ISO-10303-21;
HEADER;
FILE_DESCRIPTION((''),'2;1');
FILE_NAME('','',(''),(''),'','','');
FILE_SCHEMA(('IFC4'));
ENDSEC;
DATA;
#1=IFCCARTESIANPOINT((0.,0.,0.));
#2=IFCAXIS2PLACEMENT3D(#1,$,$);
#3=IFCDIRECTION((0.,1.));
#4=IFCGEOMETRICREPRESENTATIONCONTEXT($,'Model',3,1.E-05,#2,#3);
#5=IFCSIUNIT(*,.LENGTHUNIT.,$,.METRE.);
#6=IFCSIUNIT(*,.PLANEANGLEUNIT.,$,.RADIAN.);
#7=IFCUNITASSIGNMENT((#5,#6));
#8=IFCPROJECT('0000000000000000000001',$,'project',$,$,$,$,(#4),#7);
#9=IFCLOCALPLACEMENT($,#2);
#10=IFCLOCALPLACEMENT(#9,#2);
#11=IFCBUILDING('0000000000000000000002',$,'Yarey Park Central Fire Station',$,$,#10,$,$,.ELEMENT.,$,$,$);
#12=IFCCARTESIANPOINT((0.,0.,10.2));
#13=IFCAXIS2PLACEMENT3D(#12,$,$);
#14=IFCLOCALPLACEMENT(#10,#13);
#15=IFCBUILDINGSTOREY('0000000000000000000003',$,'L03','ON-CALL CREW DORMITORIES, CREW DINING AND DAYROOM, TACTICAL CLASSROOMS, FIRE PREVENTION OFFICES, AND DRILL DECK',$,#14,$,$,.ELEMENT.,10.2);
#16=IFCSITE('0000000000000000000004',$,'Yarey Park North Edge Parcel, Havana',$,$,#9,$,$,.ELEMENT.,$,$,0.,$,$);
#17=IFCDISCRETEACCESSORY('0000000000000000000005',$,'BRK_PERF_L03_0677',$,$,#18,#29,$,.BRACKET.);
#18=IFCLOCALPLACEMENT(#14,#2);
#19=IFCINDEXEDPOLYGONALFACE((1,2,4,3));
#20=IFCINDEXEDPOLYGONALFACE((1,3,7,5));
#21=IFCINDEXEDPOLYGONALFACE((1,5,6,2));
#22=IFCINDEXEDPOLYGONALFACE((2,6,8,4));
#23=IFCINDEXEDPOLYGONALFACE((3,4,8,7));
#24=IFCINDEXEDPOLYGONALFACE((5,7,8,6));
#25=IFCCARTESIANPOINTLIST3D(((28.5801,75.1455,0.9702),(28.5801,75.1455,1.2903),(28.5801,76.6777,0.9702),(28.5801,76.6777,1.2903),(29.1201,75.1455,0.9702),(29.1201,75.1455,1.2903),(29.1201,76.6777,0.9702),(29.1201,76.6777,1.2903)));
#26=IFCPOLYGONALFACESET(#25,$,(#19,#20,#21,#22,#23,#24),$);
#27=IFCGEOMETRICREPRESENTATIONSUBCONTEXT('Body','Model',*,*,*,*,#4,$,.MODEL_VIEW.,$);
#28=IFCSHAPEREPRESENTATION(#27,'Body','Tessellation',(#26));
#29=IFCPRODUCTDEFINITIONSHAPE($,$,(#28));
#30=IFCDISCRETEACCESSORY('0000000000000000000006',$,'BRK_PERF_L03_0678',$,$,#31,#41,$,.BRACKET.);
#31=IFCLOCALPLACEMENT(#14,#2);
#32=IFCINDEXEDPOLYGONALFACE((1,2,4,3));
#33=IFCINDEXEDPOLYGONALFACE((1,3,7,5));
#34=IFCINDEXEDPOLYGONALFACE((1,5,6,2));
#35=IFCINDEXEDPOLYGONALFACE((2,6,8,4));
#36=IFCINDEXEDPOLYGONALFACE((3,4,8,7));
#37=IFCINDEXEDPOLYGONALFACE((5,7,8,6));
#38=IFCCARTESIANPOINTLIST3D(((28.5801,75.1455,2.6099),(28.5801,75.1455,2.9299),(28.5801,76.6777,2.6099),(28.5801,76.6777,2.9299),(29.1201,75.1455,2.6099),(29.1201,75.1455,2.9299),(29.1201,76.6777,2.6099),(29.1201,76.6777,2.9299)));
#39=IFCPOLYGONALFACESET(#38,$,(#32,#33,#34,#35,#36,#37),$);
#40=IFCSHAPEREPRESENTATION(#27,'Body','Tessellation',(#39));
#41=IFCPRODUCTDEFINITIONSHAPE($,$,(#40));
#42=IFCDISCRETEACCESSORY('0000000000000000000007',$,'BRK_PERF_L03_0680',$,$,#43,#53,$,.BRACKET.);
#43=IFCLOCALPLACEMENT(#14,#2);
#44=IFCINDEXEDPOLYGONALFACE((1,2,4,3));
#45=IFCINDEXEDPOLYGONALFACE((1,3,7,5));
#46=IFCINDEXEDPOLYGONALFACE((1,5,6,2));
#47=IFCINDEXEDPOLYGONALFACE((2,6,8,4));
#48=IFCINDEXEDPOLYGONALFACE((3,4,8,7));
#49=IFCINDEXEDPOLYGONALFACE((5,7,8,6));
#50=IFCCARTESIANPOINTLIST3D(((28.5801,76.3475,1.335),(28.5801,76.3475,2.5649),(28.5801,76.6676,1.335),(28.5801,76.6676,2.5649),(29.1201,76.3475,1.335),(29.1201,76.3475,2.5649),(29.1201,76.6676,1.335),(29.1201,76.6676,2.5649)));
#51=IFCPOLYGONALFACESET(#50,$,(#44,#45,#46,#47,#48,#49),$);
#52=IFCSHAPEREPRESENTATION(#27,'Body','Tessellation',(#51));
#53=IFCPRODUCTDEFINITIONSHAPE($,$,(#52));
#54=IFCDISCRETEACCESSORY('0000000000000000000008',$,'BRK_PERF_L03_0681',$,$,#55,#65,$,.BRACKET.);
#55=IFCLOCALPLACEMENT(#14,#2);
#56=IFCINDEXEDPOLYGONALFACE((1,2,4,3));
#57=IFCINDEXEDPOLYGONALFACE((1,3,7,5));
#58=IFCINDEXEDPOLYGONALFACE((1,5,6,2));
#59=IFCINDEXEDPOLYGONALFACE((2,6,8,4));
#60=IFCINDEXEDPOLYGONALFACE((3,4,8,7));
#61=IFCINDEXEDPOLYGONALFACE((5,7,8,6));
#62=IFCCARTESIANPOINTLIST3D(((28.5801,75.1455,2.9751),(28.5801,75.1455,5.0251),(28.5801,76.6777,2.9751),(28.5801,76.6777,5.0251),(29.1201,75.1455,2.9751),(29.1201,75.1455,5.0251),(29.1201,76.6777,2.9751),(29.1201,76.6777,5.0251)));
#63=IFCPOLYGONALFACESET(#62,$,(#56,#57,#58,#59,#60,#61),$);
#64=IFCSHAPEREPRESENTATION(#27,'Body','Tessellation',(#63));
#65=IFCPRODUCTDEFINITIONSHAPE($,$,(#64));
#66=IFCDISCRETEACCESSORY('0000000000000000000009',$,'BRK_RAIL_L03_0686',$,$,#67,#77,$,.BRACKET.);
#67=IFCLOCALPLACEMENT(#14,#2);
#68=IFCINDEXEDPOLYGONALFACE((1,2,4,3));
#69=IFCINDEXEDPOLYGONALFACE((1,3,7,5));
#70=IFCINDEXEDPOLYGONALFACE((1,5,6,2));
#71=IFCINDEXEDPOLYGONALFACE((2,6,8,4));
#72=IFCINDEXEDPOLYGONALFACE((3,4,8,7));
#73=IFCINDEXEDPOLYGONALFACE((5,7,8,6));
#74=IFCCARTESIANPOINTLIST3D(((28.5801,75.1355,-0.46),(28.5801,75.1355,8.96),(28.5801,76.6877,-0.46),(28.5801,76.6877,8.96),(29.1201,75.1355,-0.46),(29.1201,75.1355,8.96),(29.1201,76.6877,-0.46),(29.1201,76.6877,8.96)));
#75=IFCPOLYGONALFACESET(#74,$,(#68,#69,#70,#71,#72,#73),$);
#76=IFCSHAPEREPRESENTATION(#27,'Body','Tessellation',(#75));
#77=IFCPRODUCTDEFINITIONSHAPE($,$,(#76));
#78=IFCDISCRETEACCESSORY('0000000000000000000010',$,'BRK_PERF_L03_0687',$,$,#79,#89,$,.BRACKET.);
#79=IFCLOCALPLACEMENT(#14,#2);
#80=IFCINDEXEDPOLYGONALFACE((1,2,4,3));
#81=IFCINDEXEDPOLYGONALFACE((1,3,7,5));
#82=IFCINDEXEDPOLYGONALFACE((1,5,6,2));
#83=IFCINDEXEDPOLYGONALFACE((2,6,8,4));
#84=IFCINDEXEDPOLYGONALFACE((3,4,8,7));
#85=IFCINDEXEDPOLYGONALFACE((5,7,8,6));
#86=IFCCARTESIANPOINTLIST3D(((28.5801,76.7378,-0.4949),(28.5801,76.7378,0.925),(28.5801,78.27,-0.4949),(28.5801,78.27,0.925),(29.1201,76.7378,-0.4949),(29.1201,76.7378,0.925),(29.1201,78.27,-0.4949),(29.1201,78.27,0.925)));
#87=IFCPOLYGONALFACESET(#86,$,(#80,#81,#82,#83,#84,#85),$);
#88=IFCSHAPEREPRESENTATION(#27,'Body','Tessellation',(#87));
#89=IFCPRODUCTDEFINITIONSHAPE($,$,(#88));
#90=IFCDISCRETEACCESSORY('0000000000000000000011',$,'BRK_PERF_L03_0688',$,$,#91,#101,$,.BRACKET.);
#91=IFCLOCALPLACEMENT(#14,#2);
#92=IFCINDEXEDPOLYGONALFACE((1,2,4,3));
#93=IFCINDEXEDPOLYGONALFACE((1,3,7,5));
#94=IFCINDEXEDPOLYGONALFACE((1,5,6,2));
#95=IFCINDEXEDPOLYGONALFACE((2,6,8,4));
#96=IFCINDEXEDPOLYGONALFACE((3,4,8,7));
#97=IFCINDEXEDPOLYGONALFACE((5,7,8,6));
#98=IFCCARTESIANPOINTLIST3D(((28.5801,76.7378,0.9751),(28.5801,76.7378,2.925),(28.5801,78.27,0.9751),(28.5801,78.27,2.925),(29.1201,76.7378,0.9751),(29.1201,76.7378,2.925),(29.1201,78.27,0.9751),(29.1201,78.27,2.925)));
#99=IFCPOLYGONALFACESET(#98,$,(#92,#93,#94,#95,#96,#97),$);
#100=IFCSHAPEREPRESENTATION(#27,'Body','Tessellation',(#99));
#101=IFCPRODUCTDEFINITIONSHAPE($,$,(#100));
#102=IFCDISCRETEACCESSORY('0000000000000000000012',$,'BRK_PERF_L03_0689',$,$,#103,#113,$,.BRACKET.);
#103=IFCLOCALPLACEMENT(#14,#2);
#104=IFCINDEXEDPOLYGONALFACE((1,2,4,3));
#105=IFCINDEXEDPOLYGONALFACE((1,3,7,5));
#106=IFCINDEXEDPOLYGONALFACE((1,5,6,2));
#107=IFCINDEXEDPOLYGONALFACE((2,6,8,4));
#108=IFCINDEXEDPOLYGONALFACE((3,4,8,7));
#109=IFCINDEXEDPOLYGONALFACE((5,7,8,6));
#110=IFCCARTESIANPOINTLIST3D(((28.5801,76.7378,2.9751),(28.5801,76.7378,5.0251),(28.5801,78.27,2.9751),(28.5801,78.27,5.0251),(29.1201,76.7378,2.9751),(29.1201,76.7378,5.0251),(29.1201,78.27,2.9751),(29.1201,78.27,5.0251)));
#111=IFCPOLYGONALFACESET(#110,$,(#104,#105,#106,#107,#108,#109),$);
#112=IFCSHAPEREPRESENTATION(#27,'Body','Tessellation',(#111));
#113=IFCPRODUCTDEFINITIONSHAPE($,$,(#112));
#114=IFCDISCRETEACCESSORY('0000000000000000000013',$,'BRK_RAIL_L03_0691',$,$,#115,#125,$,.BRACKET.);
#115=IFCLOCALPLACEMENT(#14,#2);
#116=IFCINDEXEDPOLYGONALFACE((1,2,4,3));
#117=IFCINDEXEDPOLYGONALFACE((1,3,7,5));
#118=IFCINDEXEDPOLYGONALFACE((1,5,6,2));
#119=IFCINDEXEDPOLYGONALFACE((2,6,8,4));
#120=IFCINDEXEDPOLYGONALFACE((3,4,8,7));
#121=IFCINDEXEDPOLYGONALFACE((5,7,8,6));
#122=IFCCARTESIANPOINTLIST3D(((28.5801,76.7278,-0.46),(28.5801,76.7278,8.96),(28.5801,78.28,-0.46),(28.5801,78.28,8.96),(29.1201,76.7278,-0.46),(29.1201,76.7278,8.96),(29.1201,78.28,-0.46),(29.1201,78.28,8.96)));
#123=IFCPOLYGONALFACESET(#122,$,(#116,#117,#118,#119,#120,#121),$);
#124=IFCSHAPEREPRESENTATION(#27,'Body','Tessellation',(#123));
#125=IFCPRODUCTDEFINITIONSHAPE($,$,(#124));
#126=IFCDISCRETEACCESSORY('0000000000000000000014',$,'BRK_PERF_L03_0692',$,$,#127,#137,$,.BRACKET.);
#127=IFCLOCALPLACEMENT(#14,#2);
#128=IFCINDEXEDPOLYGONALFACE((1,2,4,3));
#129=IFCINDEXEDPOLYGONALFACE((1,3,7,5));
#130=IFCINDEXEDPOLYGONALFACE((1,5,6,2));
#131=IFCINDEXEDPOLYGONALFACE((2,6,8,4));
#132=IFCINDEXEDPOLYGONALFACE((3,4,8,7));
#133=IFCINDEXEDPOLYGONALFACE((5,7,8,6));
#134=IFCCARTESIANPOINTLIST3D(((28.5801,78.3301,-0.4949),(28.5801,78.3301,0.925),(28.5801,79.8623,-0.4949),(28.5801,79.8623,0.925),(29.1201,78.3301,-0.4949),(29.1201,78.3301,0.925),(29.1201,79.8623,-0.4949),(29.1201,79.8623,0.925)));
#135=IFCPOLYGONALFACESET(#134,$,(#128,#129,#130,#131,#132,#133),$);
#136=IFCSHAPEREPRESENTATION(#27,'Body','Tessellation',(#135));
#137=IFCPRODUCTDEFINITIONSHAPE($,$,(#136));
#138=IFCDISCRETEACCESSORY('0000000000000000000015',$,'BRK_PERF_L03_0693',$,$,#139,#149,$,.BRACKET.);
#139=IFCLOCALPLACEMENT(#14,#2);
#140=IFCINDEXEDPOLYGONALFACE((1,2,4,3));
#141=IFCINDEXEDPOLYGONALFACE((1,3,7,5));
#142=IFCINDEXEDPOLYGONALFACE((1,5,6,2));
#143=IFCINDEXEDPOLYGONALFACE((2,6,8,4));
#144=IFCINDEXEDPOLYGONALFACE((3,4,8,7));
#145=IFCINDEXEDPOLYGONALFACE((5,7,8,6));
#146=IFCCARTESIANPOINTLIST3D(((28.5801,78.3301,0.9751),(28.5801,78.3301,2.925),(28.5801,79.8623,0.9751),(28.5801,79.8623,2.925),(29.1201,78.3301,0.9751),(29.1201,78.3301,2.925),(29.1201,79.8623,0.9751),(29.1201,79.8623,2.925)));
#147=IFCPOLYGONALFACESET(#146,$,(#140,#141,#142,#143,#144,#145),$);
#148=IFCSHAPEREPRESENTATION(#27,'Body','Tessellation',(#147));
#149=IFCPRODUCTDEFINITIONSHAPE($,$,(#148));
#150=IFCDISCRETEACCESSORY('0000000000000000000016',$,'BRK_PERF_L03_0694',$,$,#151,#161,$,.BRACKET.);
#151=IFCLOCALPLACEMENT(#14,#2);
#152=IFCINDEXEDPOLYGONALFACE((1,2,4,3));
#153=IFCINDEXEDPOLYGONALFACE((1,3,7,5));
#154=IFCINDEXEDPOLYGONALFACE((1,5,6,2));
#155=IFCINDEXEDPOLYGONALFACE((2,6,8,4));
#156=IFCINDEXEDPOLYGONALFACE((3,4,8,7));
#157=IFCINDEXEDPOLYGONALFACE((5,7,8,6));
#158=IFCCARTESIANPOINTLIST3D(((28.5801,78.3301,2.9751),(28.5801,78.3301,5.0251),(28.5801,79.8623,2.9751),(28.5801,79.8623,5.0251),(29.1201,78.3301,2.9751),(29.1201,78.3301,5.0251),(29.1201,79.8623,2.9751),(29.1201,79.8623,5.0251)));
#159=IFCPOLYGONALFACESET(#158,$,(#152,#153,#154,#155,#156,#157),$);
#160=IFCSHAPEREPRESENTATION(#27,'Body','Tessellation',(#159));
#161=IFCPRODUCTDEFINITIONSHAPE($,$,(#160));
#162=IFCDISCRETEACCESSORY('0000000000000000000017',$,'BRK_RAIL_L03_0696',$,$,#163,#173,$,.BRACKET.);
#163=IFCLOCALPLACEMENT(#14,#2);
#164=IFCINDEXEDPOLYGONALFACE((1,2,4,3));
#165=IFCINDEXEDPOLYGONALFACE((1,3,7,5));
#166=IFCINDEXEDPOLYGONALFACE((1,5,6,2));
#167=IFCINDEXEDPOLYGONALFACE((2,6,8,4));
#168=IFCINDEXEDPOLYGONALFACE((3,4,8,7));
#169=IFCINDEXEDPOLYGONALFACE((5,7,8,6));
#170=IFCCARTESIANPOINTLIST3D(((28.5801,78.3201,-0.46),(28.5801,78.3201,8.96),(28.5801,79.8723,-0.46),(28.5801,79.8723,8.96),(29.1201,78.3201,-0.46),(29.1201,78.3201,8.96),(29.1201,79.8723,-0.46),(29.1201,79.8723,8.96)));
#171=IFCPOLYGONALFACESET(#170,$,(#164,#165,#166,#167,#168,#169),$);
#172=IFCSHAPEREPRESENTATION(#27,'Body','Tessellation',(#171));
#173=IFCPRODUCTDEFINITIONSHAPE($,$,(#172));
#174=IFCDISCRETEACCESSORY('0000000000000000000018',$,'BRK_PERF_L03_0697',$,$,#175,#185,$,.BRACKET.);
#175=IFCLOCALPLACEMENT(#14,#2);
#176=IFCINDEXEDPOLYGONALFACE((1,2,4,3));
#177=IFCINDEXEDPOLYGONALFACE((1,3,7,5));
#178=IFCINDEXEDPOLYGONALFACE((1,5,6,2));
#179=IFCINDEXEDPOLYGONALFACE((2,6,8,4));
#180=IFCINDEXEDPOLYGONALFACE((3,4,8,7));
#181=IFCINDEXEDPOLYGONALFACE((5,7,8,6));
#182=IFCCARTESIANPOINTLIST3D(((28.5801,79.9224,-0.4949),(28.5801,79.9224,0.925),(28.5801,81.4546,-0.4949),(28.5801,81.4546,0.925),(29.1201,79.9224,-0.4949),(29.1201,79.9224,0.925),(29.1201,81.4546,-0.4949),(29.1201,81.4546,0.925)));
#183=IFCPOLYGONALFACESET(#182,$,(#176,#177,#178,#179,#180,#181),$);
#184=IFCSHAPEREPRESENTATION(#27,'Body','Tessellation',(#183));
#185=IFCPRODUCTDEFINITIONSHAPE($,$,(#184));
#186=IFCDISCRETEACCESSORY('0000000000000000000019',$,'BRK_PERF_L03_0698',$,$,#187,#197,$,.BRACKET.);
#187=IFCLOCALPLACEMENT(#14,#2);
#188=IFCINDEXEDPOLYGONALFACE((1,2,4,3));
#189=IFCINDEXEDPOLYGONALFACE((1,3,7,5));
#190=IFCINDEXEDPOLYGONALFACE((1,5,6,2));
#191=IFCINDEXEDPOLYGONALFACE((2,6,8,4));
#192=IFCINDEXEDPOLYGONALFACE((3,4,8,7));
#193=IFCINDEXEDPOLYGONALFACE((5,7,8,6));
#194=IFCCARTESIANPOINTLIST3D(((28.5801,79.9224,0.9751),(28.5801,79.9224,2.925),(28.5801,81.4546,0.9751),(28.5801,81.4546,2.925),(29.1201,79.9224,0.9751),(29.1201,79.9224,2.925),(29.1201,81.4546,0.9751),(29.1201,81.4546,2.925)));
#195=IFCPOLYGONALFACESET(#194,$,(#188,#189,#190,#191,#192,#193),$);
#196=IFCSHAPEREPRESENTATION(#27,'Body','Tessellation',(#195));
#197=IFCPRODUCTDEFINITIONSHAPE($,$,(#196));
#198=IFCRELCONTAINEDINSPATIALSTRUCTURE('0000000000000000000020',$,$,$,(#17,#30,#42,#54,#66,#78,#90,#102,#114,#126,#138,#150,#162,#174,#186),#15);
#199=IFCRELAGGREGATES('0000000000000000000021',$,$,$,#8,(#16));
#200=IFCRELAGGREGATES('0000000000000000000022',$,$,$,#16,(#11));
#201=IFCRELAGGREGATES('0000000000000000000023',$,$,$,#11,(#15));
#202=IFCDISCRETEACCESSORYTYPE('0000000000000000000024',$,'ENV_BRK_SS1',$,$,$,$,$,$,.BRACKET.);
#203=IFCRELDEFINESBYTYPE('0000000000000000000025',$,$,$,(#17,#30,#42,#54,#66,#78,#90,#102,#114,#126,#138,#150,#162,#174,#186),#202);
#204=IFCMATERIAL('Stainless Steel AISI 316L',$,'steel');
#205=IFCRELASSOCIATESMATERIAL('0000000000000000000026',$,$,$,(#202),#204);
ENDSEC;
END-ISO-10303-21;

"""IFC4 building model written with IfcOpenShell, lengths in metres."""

from ifc_helpers import new_model, si_unit, direction, frame, origin, origin_2d, place, context, subcontext, project, spatial, rectangle, extrude, material, type_object, element, save


model = new_model("IFC4")

# Units and contexts
model_context = context("Model", 3, precision=1e-05, world=origin(), true_north=direction((0.0, 1.0)))
body_context = subcontext(model_context, "Body", "Model", "MODEL_VIEW")
ifc_project = project(units=[si_unit("LENGTHUNIT", "METRE"), si_unit("PLANEANGLEUNIT", "RADIAN")], contexts=[model_context])

# Site, building, storey
site_placement = place(None, origin())
site = spatial("IfcSite", under=ifc_project, at=site_placement, Name="Yarey Park North Edge Parcel, Havana", CompositionType="ELEMENT", RefElevation=0.0)
building_placement = place(site_placement, origin())
building = spatial("IfcBuilding", under=site, at=building_placement, Name="Yarey Park Central Fire Station", CompositionType="ELEMENT")
storey_placement = place(building_placement, frame((0.0, 0.0, 10.2)))
storey = spatial("IfcBuildingStorey", under=building, at=storey_placement, Name="L03", Description="ON-CALL CREW DORMITORIES, CREW DINING AND DAYROOM, TACTICAL CLASSROOMS, FIRE PREVENTION OFFICES, AND DRILL DECK", CompositionType="ELEMENT", Elevation=10.2)

# Discrete accessories
ifc_material_1 = material(Name="Stainless Steel AISI 316L", Category="steel")
discrete_accessory_type = type_object("IfcDiscreteAccessoryType", Name="ENV_BRK_SS1", PredefinedType="BRACKET", material=ifc_material_1)
for number, where, z_axis, x_axis, name in (
    (1, (28.8501, 75.9116, 0.9702), (0.0, 0.0, 1.0), (1.0, 0.0, 0.0), "BRK_PERF_L03_0677"),
    (2, (28.8501, 75.9116, 2.6099), (0.0, 0.0, 1.0), (1.0, 0.0, 0.0), "BRK_PERF_L03_0678"),
):
    element("IfcDiscreteAccessory", number, at=place(storey_placement, frame(where, z_axis=z_axis, x_axis=x_axis)), inside=storey, type_object=discrete_accessory_type, Name=name, PredefinedType="BRACKET", context=body_context, shape_type="SweptSolid", body=[
        extrude(rectangle(XDim=0.54, YDim=1.5322, at=origin_2d()), origin(), (0.0, 0.0, 1.0), 0.3201),
    ])
discrete_accessory_1_placement = place(storey_placement, frame((28.8501, 76.5076, 1.335), z_axis=(0.0, 0.0, 1.0), x_axis=(1.0, 0.0, 0.0)))
element("IfcDiscreteAccessory", 3, at=discrete_accessory_1_placement, inside=storey, type_object=discrete_accessory_type, Name="BRK_PERF_L03_0680", PredefinedType="BRACKET", context=body_context, shape_type="SweptSolid", body=[
    extrude(rectangle(XDim=0.54, YDim=0.3201, at=origin_2d()), origin(), (0.0, 0.0, 1.0), 1.23),
])
discrete_accessory_2_placement = place(storey_placement, frame((28.8501, 75.9116, 2.9751), z_axis=(0.0, 0.0, 1.0), x_axis=(1.0, 0.0, 0.0)))
element("IfcDiscreteAccessory", 4, at=discrete_accessory_2_placement, inside=storey, type_object=discrete_accessory_type, Name="BRK_PERF_L03_0681", PredefinedType="BRACKET", context=body_context, shape_type="SweptSolid", body=[
    extrude(rectangle(XDim=0.54, YDim=1.5322, at=origin_2d()), origin(), (0.0, 0.0, 1.0), 2.05),
])
discrete_accessory_3_placement = place(storey_placement, frame((28.8501, 75.9116, -0.46), z_axis=(0.0, 0.0, 1.0), x_axis=(1.0, 0.0, 0.0)))
element("IfcDiscreteAccessory", 5, at=discrete_accessory_3_placement, inside=storey, type_object=discrete_accessory_type, Name="BRK_RAIL_L03_0686", PredefinedType="BRACKET", context=body_context, shape_type="SweptSolid", body=[
    extrude(rectangle(XDim=0.54, YDim=1.5522, at=origin_2d()), origin(), (0.0, 0.0, 1.0), 9.4199),
])
discrete_accessory_4_placement = place(storey_placement, frame((28.8501, 77.5039, -0.4949), z_axis=(0.0, 0.0, 1.0), x_axis=(1.0, 0.0, 0.0)))
element("IfcDiscreteAccessory", 6, at=discrete_accessory_4_placement, inside=storey, type_object=discrete_accessory_type, Name="BRK_PERF_L03_0687", PredefinedType="BRACKET", context=body_context, shape_type="SweptSolid", body=[
    extrude(rectangle(XDim=0.54, YDim=1.5322, at=origin_2d()), origin(), (0.0, 0.0, 1.0), 1.4199),
])
discrete_accessory_5_placement = place(storey_placement, frame((28.8501, 77.5039, 0.9751), z_axis=(0.0, 0.0, 1.0), x_axis=(1.0, 0.0, 0.0)))
element("IfcDiscreteAccessory", 7, at=discrete_accessory_5_placement, inside=storey, type_object=discrete_accessory_type, Name="BRK_PERF_L03_0688", PredefinedType="BRACKET", context=body_context, shape_type="SweptSolid", body=[
    extrude(rectangle(XDim=0.54, YDim=1.5322, at=origin_2d()), origin(), (0.0, 0.0, 1.0), 1.95),
])
discrete_accessory_6_placement = place(storey_placement, frame((28.8501, 77.5039, 2.9751), z_axis=(0.0, 0.0, 1.0), x_axis=(1.0, 0.0, 0.0)))
element("IfcDiscreteAccessory", 8, at=discrete_accessory_6_placement, inside=storey, type_object=discrete_accessory_type, Name="BRK_PERF_L03_0689", PredefinedType="BRACKET", context=body_context, shape_type="SweptSolid", body=[
    extrude(rectangle(XDim=0.54, YDim=1.5322, at=origin_2d()), origin(), (0.0, 0.0, 1.0), 2.05),
])
discrete_accessory_7_placement = place(storey_placement, frame((28.8501, 77.5039, -0.46), z_axis=(0.0, 0.0, 1.0), x_axis=(1.0, 0.0, 0.0)))
element("IfcDiscreteAccessory", 9, at=discrete_accessory_7_placement, inside=storey, type_object=discrete_accessory_type, Name="BRK_RAIL_L03_0691", PredefinedType="BRACKET", context=body_context, shape_type="SweptSolid", body=[
    extrude(rectangle(XDim=0.54, YDim=1.5522, at=origin_2d()), origin(), (0.0, 0.0, 1.0), 9.4199),
])
discrete_accessory_8_placement = place(storey_placement, frame((28.8501, 79.0962, -0.4949), z_axis=(0.0, 0.0, 1.0), x_axis=(1.0, 0.0, 0.0)))
element("IfcDiscreteAccessory", 10, at=discrete_accessory_8_placement, inside=storey, type_object=discrete_accessory_type, Name="BRK_PERF_L03_0692", PredefinedType="BRACKET", context=body_context, shape_type="SweptSolid", body=[
    extrude(rectangle(XDim=0.54, YDim=1.5322, at=origin_2d()), origin(), (0.0, 0.0, 1.0), 1.4199),
])
discrete_accessory_9_placement = place(storey_placement, frame((28.8501, 79.0962, 0.9751), z_axis=(0.0, 0.0, 1.0), x_axis=(1.0, 0.0, 0.0)))
element("IfcDiscreteAccessory", 11, at=discrete_accessory_9_placement, inside=storey, type_object=discrete_accessory_type, Name="BRK_PERF_L03_0693", PredefinedType="BRACKET", context=body_context, shape_type="SweptSolid", body=[
    extrude(rectangle(XDim=0.54, YDim=1.5322, at=origin_2d()), origin(), (0.0, 0.0, 1.0), 1.95),
])
discrete_accessory_10_placement = place(storey_placement, frame((28.8501, 79.0962, 2.9751), z_axis=(0.0, 0.0, 1.0), x_axis=(1.0, 0.0, 0.0)))
element("IfcDiscreteAccessory", 12, at=discrete_accessory_10_placement, inside=storey, type_object=discrete_accessory_type, Name="BRK_PERF_L03_0694", PredefinedType="BRACKET", context=body_context, shape_type="SweptSolid", body=[
    extrude(rectangle(XDim=0.54, YDim=1.5322, at=origin_2d()), origin(), (0.0, 0.0, 1.0), 2.05),
])
discrete_accessory_11_placement = place(storey_placement, frame((28.8501, 79.0962, -0.46), z_axis=(0.0, 0.0, 1.0), x_axis=(1.0, 0.0, 0.0)))
element("IfcDiscreteAccessory", 13, at=discrete_accessory_11_placement, inside=storey, type_object=discrete_accessory_type, Name="BRK_RAIL_L03_0696", PredefinedType="BRACKET", context=body_context, shape_type="SweptSolid", body=[
    extrude(rectangle(XDim=0.54, YDim=1.5522, at=origin_2d()), origin(), (0.0, 0.0, 1.0), 9.4199),
])
discrete_accessory_12_placement = place(storey_placement, frame((28.8501, 80.6885, -0.4949), z_axis=(0.0, 0.0, 1.0), x_axis=(1.0, 0.0, 0.0)))
element("IfcDiscreteAccessory", 14, at=discrete_accessory_12_placement, inside=storey, type_object=discrete_accessory_type, Name="BRK_PERF_L03_0697", PredefinedType="BRACKET", context=body_context, shape_type="SweptSolid", body=[
    extrude(rectangle(XDim=0.54, YDim=1.5322, at=origin_2d()), origin(), (0.0, 0.0, 1.0), 1.4199),
])
discrete_accessory_13_placement = place(storey_placement, frame((28.8501, 80.6885, 0.9751), z_axis=(0.0, 0.0, 1.0), x_axis=(1.0, 0.0, 0.0)))
element("IfcDiscreteAccessory", 15, at=discrete_accessory_13_placement, inside=storey, type_object=discrete_accessory_type, Name="BRK_PERF_L03_0698", PredefinedType="BRACKET", context=body_context, shape_type="SweptSolid", body=[
    extrude(rectangle(XDim=0.54, YDim=1.5322, at=origin_2d()), origin(), (0.0, 0.0, 1.0), 1.95),
])

save(model, "model.ifc")
